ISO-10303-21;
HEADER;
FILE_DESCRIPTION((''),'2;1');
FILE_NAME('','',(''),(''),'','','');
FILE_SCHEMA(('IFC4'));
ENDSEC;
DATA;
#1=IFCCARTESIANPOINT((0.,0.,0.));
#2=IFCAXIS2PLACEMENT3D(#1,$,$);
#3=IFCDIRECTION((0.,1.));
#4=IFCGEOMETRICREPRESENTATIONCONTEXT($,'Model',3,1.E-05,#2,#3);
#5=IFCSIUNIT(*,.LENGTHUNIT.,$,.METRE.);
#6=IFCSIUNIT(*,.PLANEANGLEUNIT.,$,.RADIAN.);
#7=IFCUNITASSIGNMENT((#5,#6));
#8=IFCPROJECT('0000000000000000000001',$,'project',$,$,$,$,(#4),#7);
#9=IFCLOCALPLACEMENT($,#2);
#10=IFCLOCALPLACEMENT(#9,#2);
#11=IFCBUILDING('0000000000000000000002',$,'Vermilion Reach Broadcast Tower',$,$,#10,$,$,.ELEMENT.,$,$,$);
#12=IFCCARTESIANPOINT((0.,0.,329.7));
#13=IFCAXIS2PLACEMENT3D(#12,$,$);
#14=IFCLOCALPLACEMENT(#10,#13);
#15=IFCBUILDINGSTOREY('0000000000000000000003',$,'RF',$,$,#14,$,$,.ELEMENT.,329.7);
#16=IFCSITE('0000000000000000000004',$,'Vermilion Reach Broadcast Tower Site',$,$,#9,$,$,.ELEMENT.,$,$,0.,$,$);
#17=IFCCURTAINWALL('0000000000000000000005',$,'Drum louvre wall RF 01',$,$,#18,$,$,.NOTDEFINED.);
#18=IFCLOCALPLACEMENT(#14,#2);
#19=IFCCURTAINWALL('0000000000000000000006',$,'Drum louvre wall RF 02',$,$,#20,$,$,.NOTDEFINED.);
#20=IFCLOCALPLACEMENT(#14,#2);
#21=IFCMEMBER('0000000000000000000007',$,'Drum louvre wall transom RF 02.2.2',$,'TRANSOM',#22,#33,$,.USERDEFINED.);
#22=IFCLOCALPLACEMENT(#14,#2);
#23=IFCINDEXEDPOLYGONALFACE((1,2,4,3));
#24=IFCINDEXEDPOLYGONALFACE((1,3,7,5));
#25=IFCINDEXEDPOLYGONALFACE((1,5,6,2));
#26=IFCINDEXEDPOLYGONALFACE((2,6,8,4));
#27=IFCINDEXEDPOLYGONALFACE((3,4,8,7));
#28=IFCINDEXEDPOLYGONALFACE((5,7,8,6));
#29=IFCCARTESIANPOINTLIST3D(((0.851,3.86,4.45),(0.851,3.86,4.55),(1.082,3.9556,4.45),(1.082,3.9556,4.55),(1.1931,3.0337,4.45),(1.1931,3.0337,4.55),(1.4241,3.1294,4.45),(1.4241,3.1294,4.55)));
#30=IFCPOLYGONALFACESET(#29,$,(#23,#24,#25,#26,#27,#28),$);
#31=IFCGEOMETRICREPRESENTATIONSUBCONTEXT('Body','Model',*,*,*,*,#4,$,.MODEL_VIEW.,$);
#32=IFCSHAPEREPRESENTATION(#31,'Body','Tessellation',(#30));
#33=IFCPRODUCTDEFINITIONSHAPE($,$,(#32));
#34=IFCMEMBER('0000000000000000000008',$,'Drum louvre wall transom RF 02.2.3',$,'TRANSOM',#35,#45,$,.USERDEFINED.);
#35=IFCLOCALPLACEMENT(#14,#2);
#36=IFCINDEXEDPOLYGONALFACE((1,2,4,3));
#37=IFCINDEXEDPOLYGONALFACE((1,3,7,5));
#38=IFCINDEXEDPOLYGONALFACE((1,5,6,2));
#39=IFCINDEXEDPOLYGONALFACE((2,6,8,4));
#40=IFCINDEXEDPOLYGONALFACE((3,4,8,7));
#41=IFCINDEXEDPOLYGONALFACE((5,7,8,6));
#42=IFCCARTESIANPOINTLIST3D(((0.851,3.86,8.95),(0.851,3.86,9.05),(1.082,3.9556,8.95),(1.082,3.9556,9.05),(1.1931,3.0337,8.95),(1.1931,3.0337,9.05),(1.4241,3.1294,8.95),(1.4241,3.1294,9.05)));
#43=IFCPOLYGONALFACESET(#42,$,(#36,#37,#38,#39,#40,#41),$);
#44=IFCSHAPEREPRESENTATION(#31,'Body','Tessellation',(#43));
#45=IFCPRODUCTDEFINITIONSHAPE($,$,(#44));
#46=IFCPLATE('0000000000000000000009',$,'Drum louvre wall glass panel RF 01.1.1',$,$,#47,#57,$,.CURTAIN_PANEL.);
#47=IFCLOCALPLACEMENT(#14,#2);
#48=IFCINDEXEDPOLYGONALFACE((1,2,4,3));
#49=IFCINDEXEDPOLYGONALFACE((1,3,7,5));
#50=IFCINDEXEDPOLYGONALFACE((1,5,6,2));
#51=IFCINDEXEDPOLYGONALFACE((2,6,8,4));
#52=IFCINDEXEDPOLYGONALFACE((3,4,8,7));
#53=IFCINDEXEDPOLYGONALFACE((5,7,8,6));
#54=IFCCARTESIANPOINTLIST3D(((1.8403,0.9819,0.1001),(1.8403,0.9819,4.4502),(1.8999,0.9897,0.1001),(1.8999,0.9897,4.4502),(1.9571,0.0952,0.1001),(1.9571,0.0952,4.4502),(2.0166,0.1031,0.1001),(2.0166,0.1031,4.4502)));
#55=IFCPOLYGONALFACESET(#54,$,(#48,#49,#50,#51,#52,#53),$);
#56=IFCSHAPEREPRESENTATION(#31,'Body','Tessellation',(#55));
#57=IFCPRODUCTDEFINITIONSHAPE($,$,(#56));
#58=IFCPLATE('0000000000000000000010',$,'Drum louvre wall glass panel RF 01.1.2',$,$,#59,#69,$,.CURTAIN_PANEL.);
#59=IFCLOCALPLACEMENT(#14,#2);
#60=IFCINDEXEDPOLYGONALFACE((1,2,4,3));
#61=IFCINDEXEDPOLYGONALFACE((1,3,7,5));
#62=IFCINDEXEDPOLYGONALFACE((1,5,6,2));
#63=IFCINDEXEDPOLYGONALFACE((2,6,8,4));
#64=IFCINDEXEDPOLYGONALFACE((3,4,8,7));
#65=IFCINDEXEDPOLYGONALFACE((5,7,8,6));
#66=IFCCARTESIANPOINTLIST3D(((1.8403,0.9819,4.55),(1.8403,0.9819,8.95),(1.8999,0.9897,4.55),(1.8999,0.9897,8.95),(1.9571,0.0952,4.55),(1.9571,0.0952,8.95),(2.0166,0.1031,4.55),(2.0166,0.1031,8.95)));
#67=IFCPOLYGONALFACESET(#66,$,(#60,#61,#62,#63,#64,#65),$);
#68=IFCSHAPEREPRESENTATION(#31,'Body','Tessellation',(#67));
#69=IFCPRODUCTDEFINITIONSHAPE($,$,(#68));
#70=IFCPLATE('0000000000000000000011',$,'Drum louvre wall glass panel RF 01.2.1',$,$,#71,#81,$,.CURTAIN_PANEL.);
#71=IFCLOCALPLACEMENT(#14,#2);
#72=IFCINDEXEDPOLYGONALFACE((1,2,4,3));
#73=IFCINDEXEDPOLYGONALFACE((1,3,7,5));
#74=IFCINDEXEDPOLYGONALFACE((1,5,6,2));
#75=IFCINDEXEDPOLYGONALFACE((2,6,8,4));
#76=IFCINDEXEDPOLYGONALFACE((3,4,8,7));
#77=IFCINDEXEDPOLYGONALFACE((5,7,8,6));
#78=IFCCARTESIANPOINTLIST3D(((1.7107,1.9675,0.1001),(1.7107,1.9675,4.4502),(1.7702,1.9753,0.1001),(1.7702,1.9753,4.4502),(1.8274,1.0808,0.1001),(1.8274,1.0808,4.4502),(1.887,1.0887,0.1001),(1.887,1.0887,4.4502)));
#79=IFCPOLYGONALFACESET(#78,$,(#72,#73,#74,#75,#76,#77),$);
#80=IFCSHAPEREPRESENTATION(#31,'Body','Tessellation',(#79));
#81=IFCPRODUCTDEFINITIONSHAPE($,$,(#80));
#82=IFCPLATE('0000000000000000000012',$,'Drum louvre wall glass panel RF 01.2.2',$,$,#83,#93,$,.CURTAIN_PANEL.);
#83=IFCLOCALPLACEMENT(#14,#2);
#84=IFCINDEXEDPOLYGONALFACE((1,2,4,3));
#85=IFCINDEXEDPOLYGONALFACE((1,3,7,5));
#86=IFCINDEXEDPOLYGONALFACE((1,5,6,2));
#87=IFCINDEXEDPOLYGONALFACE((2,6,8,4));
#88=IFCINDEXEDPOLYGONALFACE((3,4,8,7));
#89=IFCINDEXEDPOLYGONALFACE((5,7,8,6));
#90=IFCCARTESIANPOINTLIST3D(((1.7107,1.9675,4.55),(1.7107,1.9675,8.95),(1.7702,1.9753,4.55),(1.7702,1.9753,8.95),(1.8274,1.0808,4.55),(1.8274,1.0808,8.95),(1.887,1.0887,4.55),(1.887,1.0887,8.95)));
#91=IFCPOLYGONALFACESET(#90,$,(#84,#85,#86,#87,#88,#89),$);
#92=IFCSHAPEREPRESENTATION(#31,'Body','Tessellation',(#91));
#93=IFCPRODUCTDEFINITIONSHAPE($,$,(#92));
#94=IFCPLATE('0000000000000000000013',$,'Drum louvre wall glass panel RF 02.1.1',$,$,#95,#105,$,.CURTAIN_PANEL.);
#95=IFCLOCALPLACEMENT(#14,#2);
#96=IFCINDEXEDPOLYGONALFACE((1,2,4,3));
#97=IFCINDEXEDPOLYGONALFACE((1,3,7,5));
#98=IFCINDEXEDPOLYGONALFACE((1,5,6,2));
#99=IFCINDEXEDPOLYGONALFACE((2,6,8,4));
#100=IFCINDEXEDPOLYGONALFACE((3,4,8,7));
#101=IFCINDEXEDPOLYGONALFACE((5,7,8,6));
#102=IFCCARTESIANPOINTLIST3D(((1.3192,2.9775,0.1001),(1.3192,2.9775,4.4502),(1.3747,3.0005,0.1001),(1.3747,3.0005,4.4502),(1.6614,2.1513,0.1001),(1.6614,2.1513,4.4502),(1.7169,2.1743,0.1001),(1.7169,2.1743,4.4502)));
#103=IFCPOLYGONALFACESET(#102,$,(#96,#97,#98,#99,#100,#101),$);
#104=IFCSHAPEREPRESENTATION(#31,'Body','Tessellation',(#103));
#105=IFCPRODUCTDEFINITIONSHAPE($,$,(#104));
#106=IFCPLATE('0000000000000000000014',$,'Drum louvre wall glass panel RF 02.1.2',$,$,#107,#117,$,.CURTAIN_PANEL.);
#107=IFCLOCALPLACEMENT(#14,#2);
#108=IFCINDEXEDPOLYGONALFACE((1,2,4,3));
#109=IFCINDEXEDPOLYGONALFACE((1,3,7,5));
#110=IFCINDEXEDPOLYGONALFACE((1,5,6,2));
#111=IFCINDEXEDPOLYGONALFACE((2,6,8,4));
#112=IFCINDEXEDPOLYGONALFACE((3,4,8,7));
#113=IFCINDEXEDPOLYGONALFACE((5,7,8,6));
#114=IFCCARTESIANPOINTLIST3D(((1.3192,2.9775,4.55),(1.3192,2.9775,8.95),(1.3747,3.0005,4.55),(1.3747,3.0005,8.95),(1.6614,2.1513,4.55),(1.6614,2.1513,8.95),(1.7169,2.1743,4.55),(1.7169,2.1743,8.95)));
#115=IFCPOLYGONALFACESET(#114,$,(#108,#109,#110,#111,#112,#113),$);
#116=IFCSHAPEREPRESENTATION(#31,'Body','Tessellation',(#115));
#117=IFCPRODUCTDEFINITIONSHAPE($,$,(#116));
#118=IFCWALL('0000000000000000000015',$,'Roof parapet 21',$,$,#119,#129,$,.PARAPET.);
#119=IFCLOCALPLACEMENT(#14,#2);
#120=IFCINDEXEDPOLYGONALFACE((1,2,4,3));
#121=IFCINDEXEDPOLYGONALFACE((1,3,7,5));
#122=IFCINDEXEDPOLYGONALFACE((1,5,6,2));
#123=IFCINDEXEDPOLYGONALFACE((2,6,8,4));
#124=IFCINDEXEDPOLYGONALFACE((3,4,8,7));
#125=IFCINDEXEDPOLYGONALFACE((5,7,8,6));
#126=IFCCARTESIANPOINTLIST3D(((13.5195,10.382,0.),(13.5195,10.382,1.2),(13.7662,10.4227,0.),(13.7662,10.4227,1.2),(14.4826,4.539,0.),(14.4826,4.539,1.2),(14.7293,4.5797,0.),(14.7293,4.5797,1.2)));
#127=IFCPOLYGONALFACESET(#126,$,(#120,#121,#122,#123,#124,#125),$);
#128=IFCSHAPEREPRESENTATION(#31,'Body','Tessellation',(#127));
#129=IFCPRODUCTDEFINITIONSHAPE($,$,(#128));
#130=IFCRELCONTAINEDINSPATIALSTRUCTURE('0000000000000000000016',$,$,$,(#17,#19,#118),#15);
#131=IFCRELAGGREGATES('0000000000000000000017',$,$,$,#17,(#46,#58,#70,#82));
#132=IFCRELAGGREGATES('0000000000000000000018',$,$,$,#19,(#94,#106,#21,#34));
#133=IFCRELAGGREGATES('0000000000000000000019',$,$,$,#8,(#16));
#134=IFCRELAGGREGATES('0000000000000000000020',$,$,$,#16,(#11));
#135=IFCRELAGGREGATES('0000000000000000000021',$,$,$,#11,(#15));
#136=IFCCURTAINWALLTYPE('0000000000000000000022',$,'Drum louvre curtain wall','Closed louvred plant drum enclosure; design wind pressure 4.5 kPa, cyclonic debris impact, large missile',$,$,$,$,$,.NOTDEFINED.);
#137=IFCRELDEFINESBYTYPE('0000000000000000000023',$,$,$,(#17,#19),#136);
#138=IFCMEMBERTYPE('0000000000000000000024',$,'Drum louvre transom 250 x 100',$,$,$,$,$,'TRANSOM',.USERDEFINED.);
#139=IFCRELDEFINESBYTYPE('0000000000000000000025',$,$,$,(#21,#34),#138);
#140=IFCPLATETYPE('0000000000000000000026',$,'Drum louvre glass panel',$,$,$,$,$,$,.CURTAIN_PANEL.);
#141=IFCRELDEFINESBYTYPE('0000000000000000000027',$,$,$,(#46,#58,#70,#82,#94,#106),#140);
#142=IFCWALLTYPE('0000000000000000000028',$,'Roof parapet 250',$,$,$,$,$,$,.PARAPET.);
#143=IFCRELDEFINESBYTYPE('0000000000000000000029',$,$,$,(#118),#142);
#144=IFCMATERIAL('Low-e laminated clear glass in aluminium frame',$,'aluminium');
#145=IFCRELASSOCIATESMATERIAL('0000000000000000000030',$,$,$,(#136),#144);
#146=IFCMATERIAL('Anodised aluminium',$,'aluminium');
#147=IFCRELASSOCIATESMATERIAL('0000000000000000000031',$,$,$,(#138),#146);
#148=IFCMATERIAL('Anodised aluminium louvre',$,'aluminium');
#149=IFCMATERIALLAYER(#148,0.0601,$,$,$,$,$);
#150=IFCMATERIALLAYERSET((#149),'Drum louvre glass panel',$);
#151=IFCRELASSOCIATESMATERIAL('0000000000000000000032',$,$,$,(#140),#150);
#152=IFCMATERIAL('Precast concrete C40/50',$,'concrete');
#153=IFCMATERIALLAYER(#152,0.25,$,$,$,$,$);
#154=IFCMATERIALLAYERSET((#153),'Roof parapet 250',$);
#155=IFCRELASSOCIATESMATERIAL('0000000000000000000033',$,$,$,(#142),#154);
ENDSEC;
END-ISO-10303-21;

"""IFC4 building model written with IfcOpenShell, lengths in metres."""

from ifc_helpers import new_model, si_unit, direction, frame, frame_2d, origin, origin_2d, place, context, subcontext, project, spatial, rectangle, extrude, material, layer, layer_set, material_profile, profile_set, type_object, element, aggregate, save


model = new_model("IFC4")

# Units and contexts
model_context = context("Model", 3, precision=1e-05, world=origin(), true_north=direction((0.0, 1.0)))
body_context = subcontext(model_context, "Body", "Model", "MODEL_VIEW")
ifc_project = project(units=[si_unit("LENGTHUNIT", "METRE"), si_unit("PLANEANGLEUNIT", "RADIAN")], contexts=[model_context])

# Site, building, storey
site_placement = place(None, origin())
site = spatial("IfcSite", under=ifc_project, at=site_placement, Name="Vermilion Reach Broadcast Tower Site", CompositionType="ELEMENT", RefElevation=0.0)
building_placement = place(site_placement, origin())
building = spatial("IfcBuilding", under=site, at=building_placement, Name="Vermilion Reach Broadcast Tower", CompositionType="ELEMENT")
storey_placement = place(building_placement, frame((0.0, 0.0, 329.7)))
storey = spatial("IfcBuildingStorey", under=building, at=storey_placement, Name="RF", CompositionType="ELEMENT", Elevation=329.7)

# Curtain walls
ifc_material_1 = material(Name="Low-e laminated clear glass in aluminium frame", Category="aluminium")
curtain_wall_type = type_object("IfcCurtainWallType", Name="Drum louvre curtain wall", Description="Closed louvred plant drum enclosure; design wind pressure 4.5 kPa, cyclonic debris impact, large missile", PredefinedType="NOTDEFINED", material=ifc_material_1)
placement = place(storey_placement, origin())
curtain_wall_1 = element("IfcCurtainWall", 1, at=placement, inside=storey, type_object=curtain_wall_type, Name="Drum louvre wall RF 01", PredefinedType="NOTDEFINED")
curtain_wall_2 = element("IfcCurtainWall", 2, at=placement, inside=storey, type_object=curtain_wall_type, Name="Drum louvre wall RF 02", PredefinedType="NOTDEFINED")

# Members
ifc_material_2 = material(Name="Anodised aluminium", Category="aluminium")
ifc_material_profile_1 = material_profile(ifc_material_2, rectangle(XDim=0.25, YDim=0.1001, at=origin_2d()), Name="Drum louvre transom 250 x 100")
ifc_profile_set_1 = profile_set([ifc_material_profile_1], Name="Anodised aluminium")
member_type_1 = type_object("IfcMemberType", Name="Drum louvre transom 250 x 100", ElementType="TRANSOM", PredefinedType="USERDEFINED", material=ifc_profile_set_1)
member_1_placement = place(storey_placement, frame((1.3086, 3.0815, 4.5), z_axis=(-0.382521, 0.923947, 0.0), x_axis=(-0.923947, -0.382521, 0.0)))
member_1 = element("IfcMember", 3, at=member_1_placement, type_object=member_type_1, Name="Drum louvre wall transom RF 02.2.2", ObjectType="TRANSOM", PredefinedType="USERDEFINED", context=body_context, shape_type="SweptSolid", body=[
    extrude(rectangle(XDim=0.25, YDim=0.1001, at=origin_2d()), origin(), (0.0, 0.0, 1.0), 0.8943),
])
member_2_placement = place(storey_placement, frame((1.3086, 3.0815, 9.0), z_axis=(-0.382521, 0.923947, 0.0), x_axis=(-0.923947, -0.382521, 0.0)))
member_2 = element("IfcMember", 4, at=member_2_placement, type_object=member_type_1, Name="Drum louvre wall transom RF 02.2.3", ObjectType="TRANSOM", PredefinedType="USERDEFINED", context=body_context, shape_type="SweptSolid", body=[
    extrude(rectangle(XDim=0.25, YDim=0.1001, at=origin_2d()), origin(), (0.0, 0.0, 1.0), 0.8943),
])

# Plates
ifc_material_3 = material(Name="Anodised aluminium louvre", Category="aluminium")
ifc_layer_1 = layer(ifc_material_3, 0.0601)
ifc_layer_set_1 = layer_set([ifc_layer_1], Name="Drum louvre glass panel")
plate_type = type_object("IfcPlateType", Name="Drum louvre glass panel", PredefinedType="CURTAIN_PANEL", material=ifc_layer_set_1)
plate_1_placement = place(storey_placement, frame((1.9285, 0.5425, 0.1001), z_axis=(0.0, 0.0, 1.0), x_axis=(-0.130526, 0.991445, 0.0)))
plate_1 = element("IfcPlate", 5, at=plate_1_placement, type_object=plate_type, Name="Drum louvre wall glass panel RF 01.1.1", PredefinedType="CURTAIN_PANEL", context=body_context, shape_type="SweptSolid", body=[
    extrude(rectangle(XDim=0.8943, YDim=0.0601, at=origin_2d()), origin(), (0.0, 0.0, 1.0), 4.3501),
])
plate_2_placement = place(storey_placement, frame((1.9285, 0.5425, 4.55), z_axis=(0.0, 0.0, 1.0), x_axis=(-0.130526, 0.991445, 0.0)))
plate_2 = element("IfcPlate", 6, at=plate_2_placement, type_object=plate_type, Name="Drum louvre wall glass panel RF 01.1.2", PredefinedType="CURTAIN_PANEL", context=body_context, shape_type="SweptSolid", body=[
    extrude(rectangle(XDim=0.8943, YDim=0.0601, at=origin_2d()), origin(), (0.0, 0.0, 1.0), 4.3999),
])
plate_3_placement = place(storey_placement, frame((1.7988, 1.5281, 0.1001), z_axis=(0.0, 0.0, 1.0), x_axis=(-0.130526, 0.991445, 0.0)))
plate_3 = element("IfcPlate", 7, at=plate_3_placement, type_object=plate_type, Name="Drum louvre wall glass panel RF 01.2.1", PredefinedType="CURTAIN_PANEL", context=body_context, shape_type="SweptSolid", body=[
    extrude(rectangle(XDim=0.8943, YDim=0.0601, at=origin_2d()), origin(), (0.0, 0.0, 1.0), 4.3501),
])
plate_4_placement = place(storey_placement, frame((1.7988, 1.5281, 4.55), z_axis=(0.0, 0.0, 1.0), x_axis=(-0.130526, 0.991445, 0.0)))
plate_4 = element("IfcPlate", 8, at=plate_4_placement, type_object=plate_type, Name="Drum louvre wall glass panel RF 01.2.2", PredefinedType="CURTAIN_PANEL", context=body_context, shape_type="SweptSolid", body=[
    extrude(rectangle(XDim=0.8943, YDim=0.0601, at=origin_2d()), origin(), (0.0, 0.0, 1.0), 4.3999),
])
aggregate(curtain_wall_1, [plate_1, plate_2, plate_3, plate_4])
plate_5_placement = place(storey_placement, frame((1.5181, 2.5759, 0.1001), z_axis=(0.0, 0.0, 1.0), x_axis=(-0.382683, 0.92388, 0.0)))
plate_5 = element("IfcPlate", 9, at=plate_5_placement, type_object=plate_type, Name="Drum louvre wall glass panel RF 02.1.1", PredefinedType="CURTAIN_PANEL", context=body_context, shape_type="SweptSolid", body=[
    extrude(rectangle(XDim=0.8943, YDim=0.0601, at=origin_2d()), origin(), (0.0, 0.0, 1.0), 4.3501),
])
plate_6_placement = place(storey_placement, frame((1.5181, 2.5759, 4.55), z_axis=(0.0, 0.0, 1.0), x_axis=(-0.382683, 0.92388, 0.0)))
plate_6 = element("IfcPlate", 10, at=plate_6_placement, type_object=plate_type, Name="Drum louvre wall glass panel RF 02.1.2", PredefinedType="CURTAIN_PANEL", context=body_context, shape_type="SweptSolid", body=[
    extrude(rectangle(XDim=0.8943, YDim=0.0601, at=origin_2d()), origin(), (0.0, 0.0, 1.0), 4.3999),
])
aggregate(curtain_wall_2, [plate_5, plate_6, member_1, member_2])

# Wall
ifc_material_4 = material(Name="Precast concrete C40/50", Category="concrete")
ifc_layer_2 = layer(ifc_material_4, 0.25)
ifc_layer_set_2 = layer_set([ifc_layer_2], Name="Roof parapet 250")
wall_type = type_object("IfcWallType", Name="Roof parapet 250", PredefinedType="PARAPET", material=ifc_layer_set_2)
wall_placement = place(storey_placement, frame((14.606, 4.5593, 0.0), z_axis=(0.0, 0.0, 1.0), x_axis=(-0.16264, 0.986685, 0.0)))
element("IfcWall", 11, at=wall_placement, inside=storey, type_object=wall_type, Name="Roof parapet 21", PredefinedType="PARAPET", context=body_context, shape_type="SweptSolid", body=[
    extrude(rectangle(XDim=5.9219, YDim=0.25, at=frame_2d((2.9609, 0.0))), origin(), (0.0, 0.0, 1.0), 1.2),
])

save(model, "model.ifc")
